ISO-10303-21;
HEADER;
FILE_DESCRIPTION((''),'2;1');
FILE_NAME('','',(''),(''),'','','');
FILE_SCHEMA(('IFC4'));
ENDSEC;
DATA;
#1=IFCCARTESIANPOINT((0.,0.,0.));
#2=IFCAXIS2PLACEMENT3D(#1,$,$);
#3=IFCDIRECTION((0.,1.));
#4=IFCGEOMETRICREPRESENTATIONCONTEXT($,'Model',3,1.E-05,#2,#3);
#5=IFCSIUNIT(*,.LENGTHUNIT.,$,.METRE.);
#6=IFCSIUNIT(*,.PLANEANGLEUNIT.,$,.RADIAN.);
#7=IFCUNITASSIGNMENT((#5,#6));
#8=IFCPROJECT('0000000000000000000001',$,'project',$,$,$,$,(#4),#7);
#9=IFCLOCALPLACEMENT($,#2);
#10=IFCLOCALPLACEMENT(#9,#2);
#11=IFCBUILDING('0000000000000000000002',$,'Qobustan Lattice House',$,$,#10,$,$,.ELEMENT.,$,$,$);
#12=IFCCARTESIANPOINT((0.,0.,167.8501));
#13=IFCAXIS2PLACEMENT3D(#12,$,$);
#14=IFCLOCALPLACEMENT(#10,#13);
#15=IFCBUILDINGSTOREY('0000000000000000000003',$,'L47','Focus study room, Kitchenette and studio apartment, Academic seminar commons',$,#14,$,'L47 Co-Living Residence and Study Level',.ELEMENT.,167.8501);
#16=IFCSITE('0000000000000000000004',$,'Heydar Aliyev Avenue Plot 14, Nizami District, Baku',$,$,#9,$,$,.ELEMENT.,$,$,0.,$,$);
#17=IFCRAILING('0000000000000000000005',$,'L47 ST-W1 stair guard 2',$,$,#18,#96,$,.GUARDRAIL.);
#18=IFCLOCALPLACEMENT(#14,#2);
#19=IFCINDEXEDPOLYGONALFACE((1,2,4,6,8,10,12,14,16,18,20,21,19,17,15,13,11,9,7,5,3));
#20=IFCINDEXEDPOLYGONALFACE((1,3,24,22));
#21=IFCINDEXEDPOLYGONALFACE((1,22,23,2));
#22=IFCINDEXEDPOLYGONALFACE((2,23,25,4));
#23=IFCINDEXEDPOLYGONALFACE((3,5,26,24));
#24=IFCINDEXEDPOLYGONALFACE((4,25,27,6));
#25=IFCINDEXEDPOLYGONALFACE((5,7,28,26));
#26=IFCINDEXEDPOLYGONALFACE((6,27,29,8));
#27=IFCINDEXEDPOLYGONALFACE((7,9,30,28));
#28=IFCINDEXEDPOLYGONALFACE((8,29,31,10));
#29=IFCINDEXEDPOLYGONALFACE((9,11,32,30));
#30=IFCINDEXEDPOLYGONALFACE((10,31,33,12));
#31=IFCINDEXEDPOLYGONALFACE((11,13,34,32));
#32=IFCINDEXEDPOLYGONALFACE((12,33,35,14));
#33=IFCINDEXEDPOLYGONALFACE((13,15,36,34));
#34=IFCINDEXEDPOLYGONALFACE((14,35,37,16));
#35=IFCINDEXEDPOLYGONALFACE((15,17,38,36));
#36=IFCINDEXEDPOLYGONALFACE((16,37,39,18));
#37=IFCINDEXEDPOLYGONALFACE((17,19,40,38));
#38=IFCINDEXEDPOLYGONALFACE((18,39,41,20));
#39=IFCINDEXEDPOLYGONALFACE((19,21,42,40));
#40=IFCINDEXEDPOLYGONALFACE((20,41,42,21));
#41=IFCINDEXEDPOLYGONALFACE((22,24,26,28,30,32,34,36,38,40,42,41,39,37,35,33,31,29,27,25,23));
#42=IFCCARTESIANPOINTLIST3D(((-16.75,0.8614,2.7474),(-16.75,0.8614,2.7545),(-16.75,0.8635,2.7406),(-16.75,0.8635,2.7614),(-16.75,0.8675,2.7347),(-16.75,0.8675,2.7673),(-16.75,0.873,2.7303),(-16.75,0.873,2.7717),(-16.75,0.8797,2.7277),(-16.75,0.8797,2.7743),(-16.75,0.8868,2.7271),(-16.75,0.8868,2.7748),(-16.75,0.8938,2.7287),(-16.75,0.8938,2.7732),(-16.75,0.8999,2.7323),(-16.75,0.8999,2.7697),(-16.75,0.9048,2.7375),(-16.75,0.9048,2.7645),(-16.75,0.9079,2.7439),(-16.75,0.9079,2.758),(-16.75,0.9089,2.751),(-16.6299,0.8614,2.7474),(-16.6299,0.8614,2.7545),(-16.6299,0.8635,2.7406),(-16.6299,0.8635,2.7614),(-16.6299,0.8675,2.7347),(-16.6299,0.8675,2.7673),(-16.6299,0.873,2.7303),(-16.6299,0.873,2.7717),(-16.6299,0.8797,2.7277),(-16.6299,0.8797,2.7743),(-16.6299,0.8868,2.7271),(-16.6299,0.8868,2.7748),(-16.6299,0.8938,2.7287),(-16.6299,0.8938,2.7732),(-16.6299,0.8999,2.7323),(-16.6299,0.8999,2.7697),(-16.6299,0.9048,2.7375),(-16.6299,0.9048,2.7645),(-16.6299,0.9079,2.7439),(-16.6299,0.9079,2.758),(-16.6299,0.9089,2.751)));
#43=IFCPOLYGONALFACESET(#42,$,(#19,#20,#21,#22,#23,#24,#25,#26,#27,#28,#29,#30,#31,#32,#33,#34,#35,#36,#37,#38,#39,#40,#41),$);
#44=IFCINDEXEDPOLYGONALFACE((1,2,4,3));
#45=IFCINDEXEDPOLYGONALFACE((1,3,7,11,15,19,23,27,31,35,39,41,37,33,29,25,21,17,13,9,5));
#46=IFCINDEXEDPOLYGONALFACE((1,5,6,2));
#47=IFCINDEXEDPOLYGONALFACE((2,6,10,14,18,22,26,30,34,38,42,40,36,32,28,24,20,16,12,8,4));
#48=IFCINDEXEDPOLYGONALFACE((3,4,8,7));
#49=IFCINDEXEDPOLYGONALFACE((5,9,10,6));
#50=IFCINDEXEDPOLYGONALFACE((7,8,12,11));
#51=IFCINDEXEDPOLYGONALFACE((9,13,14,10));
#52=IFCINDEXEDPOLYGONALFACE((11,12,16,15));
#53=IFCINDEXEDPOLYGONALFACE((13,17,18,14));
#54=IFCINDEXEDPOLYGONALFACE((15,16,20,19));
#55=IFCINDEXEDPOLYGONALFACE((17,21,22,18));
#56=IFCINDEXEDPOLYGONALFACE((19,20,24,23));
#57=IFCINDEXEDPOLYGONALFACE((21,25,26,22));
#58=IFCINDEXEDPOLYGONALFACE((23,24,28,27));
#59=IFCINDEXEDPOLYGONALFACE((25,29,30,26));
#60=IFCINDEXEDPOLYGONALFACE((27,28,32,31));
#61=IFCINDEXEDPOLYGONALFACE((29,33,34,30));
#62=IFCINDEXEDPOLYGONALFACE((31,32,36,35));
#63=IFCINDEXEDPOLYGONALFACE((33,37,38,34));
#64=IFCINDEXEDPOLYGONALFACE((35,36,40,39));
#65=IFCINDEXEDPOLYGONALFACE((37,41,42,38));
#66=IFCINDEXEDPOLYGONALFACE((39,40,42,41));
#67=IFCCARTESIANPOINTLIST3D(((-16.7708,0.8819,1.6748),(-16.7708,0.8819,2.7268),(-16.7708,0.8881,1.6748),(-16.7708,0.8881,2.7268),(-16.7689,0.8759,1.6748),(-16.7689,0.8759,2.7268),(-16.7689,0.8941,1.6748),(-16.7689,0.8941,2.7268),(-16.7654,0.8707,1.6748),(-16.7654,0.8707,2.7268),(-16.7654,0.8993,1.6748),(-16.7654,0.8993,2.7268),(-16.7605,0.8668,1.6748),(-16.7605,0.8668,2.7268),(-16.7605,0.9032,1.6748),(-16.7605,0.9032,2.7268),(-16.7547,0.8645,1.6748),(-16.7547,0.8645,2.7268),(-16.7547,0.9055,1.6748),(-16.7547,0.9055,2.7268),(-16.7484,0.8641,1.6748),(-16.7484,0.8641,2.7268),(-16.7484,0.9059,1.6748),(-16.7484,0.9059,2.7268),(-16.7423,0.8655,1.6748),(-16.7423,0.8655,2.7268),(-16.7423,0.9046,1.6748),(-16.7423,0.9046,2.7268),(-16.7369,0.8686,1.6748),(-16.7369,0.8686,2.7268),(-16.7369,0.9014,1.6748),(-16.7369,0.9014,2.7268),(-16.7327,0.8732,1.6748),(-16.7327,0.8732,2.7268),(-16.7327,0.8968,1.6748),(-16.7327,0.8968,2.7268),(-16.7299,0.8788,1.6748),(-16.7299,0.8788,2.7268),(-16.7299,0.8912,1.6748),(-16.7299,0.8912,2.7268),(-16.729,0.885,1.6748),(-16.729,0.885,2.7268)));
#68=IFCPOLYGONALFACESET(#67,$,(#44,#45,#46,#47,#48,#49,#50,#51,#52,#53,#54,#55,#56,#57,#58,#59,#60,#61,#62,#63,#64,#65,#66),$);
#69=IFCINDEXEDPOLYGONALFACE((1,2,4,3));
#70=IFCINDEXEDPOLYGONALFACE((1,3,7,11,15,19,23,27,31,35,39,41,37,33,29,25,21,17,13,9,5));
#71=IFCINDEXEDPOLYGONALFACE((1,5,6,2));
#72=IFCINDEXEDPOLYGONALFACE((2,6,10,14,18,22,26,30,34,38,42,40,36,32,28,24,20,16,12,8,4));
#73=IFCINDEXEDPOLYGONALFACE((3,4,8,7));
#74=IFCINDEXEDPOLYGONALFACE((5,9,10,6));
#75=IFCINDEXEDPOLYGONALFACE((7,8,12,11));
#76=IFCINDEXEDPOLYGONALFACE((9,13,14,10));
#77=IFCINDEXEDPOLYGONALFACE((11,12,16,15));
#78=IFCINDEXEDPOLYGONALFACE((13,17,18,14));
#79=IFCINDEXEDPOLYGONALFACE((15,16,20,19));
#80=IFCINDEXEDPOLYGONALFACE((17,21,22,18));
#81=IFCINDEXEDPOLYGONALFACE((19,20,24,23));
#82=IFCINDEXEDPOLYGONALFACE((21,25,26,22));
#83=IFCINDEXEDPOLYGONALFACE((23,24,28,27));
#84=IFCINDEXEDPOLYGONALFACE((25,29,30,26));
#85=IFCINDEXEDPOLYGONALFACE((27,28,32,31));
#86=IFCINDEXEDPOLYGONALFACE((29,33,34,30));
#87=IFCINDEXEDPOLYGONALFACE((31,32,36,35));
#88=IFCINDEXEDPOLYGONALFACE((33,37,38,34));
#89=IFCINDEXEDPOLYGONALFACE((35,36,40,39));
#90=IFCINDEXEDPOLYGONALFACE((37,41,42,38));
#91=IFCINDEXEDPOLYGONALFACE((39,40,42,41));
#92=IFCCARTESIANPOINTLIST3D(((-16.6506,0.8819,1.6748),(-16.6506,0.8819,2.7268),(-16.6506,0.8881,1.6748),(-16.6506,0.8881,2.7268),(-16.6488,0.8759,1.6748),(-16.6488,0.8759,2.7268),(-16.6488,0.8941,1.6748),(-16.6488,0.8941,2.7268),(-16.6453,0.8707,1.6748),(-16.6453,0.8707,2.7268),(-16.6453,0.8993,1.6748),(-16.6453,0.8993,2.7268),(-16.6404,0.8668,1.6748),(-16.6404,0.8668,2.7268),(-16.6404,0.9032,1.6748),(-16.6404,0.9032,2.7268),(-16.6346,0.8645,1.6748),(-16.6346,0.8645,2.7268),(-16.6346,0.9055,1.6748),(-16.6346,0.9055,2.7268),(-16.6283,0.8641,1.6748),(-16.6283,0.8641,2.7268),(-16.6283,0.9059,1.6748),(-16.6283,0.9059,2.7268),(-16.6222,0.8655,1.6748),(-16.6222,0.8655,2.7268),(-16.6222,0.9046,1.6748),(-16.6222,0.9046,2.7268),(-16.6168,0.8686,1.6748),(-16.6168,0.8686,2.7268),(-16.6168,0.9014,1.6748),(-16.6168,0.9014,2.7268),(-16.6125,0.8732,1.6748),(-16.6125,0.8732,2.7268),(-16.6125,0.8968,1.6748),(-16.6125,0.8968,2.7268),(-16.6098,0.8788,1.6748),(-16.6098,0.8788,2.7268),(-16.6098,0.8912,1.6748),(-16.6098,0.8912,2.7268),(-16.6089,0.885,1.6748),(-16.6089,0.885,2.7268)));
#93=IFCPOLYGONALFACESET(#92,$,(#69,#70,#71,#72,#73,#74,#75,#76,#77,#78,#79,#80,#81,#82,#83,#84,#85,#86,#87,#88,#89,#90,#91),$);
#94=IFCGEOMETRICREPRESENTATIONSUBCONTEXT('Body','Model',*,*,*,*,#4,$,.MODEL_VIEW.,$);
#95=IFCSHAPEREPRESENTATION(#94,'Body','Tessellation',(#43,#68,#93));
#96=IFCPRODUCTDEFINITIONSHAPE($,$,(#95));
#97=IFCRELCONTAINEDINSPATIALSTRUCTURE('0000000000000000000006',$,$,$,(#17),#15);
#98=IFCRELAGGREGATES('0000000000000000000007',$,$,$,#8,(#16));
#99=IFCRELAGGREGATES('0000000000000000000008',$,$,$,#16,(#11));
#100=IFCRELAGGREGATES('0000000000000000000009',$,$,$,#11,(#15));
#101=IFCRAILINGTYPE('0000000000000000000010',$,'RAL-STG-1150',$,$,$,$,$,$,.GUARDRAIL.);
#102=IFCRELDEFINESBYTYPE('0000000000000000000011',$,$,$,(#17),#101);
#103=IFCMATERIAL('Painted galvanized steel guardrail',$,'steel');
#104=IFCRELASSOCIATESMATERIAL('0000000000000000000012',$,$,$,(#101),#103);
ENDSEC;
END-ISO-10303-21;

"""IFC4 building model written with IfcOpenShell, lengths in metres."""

from ifc_helpers import new_model, si_unit, direction, frame, origin, origin_2d, place, context, subcontext, project, spatial, circle, extrude, material, type_object, element, save


model = new_model("IFC4")

# Units and contexts
model_context = context("Model", 3, precision=1e-05, world=origin(), true_north=direction((0.0, 1.0)))
body_context = subcontext(model_context, "Body", "Model", "MODEL_VIEW")
ifc_project = project(units=[si_unit("LENGTHUNIT", "METRE"), si_unit("PLANEANGLEUNIT", "RADIAN")], contexts=[model_context])

# Site, building, storey
site_placement = place(None, origin())
site = spatial("IfcSite", under=ifc_project, at=site_placement, Name="Heydar Aliyev Avenue Plot 14, Nizami District, Baku", CompositionType="ELEMENT", RefElevation=0.0)
building_placement = place(site_placement, origin())
building = spatial("IfcBuilding", under=site, at=building_placement, Name="Qobustan Lattice House", CompositionType="ELEMENT")
storey_placement = place(building_placement, frame((0.0, 0.0, 167.8501)))
storey = spatial("IfcBuildingStorey", under=building, at=storey_placement, Name="L47", Description="Focus study room, Kitchenette and studio apartment, Academic seminar commons", LongName="L47 Co-Living Residence and Study Level", CompositionType="ELEMENT", Elevation=167.8501)

# Railing
ifc_material_1 = material(Name="Painted galvanized steel guardrail", Category="steel")
railing_type_1 = type_object("IfcRailingType", Name="RAL-STG-1150", PredefinedType="GUARDRAIL", material=ifc_material_1)
railing_1_placement = place(storey_placement, frame((-16.75, 0.885, 1.6748)))
element("IfcRailing", 1, at=railing_1_placement, inside=storey, type_object=railing_type_1, Name="L47 ST-W1 stair guard 2", PredefinedType="GUARDRAIL", context=body_context, shape_type="SweptSolid", body=[
    extrude(circle(Radius=0.0239, at=origin_2d()), frame((0.0, 0.0, 1.0762), z_axis=(1.0, 0.0, 0.0), x_axis=(0.0, 1.0, 0.0)), (0.0, 0.0, 1.0), 0.1201),
    extrude(circle(Radius=0.021, at=origin_2d()), origin(), (0.0, 0.0, 1.0), 1.052),
    extrude(circle(Radius=0.021, at=origin_2d()), frame((0.1201, 0.0, 0.0)), (0.0, 0.0, 1.0), 1.052),
])

save(model, "model.ifc")
